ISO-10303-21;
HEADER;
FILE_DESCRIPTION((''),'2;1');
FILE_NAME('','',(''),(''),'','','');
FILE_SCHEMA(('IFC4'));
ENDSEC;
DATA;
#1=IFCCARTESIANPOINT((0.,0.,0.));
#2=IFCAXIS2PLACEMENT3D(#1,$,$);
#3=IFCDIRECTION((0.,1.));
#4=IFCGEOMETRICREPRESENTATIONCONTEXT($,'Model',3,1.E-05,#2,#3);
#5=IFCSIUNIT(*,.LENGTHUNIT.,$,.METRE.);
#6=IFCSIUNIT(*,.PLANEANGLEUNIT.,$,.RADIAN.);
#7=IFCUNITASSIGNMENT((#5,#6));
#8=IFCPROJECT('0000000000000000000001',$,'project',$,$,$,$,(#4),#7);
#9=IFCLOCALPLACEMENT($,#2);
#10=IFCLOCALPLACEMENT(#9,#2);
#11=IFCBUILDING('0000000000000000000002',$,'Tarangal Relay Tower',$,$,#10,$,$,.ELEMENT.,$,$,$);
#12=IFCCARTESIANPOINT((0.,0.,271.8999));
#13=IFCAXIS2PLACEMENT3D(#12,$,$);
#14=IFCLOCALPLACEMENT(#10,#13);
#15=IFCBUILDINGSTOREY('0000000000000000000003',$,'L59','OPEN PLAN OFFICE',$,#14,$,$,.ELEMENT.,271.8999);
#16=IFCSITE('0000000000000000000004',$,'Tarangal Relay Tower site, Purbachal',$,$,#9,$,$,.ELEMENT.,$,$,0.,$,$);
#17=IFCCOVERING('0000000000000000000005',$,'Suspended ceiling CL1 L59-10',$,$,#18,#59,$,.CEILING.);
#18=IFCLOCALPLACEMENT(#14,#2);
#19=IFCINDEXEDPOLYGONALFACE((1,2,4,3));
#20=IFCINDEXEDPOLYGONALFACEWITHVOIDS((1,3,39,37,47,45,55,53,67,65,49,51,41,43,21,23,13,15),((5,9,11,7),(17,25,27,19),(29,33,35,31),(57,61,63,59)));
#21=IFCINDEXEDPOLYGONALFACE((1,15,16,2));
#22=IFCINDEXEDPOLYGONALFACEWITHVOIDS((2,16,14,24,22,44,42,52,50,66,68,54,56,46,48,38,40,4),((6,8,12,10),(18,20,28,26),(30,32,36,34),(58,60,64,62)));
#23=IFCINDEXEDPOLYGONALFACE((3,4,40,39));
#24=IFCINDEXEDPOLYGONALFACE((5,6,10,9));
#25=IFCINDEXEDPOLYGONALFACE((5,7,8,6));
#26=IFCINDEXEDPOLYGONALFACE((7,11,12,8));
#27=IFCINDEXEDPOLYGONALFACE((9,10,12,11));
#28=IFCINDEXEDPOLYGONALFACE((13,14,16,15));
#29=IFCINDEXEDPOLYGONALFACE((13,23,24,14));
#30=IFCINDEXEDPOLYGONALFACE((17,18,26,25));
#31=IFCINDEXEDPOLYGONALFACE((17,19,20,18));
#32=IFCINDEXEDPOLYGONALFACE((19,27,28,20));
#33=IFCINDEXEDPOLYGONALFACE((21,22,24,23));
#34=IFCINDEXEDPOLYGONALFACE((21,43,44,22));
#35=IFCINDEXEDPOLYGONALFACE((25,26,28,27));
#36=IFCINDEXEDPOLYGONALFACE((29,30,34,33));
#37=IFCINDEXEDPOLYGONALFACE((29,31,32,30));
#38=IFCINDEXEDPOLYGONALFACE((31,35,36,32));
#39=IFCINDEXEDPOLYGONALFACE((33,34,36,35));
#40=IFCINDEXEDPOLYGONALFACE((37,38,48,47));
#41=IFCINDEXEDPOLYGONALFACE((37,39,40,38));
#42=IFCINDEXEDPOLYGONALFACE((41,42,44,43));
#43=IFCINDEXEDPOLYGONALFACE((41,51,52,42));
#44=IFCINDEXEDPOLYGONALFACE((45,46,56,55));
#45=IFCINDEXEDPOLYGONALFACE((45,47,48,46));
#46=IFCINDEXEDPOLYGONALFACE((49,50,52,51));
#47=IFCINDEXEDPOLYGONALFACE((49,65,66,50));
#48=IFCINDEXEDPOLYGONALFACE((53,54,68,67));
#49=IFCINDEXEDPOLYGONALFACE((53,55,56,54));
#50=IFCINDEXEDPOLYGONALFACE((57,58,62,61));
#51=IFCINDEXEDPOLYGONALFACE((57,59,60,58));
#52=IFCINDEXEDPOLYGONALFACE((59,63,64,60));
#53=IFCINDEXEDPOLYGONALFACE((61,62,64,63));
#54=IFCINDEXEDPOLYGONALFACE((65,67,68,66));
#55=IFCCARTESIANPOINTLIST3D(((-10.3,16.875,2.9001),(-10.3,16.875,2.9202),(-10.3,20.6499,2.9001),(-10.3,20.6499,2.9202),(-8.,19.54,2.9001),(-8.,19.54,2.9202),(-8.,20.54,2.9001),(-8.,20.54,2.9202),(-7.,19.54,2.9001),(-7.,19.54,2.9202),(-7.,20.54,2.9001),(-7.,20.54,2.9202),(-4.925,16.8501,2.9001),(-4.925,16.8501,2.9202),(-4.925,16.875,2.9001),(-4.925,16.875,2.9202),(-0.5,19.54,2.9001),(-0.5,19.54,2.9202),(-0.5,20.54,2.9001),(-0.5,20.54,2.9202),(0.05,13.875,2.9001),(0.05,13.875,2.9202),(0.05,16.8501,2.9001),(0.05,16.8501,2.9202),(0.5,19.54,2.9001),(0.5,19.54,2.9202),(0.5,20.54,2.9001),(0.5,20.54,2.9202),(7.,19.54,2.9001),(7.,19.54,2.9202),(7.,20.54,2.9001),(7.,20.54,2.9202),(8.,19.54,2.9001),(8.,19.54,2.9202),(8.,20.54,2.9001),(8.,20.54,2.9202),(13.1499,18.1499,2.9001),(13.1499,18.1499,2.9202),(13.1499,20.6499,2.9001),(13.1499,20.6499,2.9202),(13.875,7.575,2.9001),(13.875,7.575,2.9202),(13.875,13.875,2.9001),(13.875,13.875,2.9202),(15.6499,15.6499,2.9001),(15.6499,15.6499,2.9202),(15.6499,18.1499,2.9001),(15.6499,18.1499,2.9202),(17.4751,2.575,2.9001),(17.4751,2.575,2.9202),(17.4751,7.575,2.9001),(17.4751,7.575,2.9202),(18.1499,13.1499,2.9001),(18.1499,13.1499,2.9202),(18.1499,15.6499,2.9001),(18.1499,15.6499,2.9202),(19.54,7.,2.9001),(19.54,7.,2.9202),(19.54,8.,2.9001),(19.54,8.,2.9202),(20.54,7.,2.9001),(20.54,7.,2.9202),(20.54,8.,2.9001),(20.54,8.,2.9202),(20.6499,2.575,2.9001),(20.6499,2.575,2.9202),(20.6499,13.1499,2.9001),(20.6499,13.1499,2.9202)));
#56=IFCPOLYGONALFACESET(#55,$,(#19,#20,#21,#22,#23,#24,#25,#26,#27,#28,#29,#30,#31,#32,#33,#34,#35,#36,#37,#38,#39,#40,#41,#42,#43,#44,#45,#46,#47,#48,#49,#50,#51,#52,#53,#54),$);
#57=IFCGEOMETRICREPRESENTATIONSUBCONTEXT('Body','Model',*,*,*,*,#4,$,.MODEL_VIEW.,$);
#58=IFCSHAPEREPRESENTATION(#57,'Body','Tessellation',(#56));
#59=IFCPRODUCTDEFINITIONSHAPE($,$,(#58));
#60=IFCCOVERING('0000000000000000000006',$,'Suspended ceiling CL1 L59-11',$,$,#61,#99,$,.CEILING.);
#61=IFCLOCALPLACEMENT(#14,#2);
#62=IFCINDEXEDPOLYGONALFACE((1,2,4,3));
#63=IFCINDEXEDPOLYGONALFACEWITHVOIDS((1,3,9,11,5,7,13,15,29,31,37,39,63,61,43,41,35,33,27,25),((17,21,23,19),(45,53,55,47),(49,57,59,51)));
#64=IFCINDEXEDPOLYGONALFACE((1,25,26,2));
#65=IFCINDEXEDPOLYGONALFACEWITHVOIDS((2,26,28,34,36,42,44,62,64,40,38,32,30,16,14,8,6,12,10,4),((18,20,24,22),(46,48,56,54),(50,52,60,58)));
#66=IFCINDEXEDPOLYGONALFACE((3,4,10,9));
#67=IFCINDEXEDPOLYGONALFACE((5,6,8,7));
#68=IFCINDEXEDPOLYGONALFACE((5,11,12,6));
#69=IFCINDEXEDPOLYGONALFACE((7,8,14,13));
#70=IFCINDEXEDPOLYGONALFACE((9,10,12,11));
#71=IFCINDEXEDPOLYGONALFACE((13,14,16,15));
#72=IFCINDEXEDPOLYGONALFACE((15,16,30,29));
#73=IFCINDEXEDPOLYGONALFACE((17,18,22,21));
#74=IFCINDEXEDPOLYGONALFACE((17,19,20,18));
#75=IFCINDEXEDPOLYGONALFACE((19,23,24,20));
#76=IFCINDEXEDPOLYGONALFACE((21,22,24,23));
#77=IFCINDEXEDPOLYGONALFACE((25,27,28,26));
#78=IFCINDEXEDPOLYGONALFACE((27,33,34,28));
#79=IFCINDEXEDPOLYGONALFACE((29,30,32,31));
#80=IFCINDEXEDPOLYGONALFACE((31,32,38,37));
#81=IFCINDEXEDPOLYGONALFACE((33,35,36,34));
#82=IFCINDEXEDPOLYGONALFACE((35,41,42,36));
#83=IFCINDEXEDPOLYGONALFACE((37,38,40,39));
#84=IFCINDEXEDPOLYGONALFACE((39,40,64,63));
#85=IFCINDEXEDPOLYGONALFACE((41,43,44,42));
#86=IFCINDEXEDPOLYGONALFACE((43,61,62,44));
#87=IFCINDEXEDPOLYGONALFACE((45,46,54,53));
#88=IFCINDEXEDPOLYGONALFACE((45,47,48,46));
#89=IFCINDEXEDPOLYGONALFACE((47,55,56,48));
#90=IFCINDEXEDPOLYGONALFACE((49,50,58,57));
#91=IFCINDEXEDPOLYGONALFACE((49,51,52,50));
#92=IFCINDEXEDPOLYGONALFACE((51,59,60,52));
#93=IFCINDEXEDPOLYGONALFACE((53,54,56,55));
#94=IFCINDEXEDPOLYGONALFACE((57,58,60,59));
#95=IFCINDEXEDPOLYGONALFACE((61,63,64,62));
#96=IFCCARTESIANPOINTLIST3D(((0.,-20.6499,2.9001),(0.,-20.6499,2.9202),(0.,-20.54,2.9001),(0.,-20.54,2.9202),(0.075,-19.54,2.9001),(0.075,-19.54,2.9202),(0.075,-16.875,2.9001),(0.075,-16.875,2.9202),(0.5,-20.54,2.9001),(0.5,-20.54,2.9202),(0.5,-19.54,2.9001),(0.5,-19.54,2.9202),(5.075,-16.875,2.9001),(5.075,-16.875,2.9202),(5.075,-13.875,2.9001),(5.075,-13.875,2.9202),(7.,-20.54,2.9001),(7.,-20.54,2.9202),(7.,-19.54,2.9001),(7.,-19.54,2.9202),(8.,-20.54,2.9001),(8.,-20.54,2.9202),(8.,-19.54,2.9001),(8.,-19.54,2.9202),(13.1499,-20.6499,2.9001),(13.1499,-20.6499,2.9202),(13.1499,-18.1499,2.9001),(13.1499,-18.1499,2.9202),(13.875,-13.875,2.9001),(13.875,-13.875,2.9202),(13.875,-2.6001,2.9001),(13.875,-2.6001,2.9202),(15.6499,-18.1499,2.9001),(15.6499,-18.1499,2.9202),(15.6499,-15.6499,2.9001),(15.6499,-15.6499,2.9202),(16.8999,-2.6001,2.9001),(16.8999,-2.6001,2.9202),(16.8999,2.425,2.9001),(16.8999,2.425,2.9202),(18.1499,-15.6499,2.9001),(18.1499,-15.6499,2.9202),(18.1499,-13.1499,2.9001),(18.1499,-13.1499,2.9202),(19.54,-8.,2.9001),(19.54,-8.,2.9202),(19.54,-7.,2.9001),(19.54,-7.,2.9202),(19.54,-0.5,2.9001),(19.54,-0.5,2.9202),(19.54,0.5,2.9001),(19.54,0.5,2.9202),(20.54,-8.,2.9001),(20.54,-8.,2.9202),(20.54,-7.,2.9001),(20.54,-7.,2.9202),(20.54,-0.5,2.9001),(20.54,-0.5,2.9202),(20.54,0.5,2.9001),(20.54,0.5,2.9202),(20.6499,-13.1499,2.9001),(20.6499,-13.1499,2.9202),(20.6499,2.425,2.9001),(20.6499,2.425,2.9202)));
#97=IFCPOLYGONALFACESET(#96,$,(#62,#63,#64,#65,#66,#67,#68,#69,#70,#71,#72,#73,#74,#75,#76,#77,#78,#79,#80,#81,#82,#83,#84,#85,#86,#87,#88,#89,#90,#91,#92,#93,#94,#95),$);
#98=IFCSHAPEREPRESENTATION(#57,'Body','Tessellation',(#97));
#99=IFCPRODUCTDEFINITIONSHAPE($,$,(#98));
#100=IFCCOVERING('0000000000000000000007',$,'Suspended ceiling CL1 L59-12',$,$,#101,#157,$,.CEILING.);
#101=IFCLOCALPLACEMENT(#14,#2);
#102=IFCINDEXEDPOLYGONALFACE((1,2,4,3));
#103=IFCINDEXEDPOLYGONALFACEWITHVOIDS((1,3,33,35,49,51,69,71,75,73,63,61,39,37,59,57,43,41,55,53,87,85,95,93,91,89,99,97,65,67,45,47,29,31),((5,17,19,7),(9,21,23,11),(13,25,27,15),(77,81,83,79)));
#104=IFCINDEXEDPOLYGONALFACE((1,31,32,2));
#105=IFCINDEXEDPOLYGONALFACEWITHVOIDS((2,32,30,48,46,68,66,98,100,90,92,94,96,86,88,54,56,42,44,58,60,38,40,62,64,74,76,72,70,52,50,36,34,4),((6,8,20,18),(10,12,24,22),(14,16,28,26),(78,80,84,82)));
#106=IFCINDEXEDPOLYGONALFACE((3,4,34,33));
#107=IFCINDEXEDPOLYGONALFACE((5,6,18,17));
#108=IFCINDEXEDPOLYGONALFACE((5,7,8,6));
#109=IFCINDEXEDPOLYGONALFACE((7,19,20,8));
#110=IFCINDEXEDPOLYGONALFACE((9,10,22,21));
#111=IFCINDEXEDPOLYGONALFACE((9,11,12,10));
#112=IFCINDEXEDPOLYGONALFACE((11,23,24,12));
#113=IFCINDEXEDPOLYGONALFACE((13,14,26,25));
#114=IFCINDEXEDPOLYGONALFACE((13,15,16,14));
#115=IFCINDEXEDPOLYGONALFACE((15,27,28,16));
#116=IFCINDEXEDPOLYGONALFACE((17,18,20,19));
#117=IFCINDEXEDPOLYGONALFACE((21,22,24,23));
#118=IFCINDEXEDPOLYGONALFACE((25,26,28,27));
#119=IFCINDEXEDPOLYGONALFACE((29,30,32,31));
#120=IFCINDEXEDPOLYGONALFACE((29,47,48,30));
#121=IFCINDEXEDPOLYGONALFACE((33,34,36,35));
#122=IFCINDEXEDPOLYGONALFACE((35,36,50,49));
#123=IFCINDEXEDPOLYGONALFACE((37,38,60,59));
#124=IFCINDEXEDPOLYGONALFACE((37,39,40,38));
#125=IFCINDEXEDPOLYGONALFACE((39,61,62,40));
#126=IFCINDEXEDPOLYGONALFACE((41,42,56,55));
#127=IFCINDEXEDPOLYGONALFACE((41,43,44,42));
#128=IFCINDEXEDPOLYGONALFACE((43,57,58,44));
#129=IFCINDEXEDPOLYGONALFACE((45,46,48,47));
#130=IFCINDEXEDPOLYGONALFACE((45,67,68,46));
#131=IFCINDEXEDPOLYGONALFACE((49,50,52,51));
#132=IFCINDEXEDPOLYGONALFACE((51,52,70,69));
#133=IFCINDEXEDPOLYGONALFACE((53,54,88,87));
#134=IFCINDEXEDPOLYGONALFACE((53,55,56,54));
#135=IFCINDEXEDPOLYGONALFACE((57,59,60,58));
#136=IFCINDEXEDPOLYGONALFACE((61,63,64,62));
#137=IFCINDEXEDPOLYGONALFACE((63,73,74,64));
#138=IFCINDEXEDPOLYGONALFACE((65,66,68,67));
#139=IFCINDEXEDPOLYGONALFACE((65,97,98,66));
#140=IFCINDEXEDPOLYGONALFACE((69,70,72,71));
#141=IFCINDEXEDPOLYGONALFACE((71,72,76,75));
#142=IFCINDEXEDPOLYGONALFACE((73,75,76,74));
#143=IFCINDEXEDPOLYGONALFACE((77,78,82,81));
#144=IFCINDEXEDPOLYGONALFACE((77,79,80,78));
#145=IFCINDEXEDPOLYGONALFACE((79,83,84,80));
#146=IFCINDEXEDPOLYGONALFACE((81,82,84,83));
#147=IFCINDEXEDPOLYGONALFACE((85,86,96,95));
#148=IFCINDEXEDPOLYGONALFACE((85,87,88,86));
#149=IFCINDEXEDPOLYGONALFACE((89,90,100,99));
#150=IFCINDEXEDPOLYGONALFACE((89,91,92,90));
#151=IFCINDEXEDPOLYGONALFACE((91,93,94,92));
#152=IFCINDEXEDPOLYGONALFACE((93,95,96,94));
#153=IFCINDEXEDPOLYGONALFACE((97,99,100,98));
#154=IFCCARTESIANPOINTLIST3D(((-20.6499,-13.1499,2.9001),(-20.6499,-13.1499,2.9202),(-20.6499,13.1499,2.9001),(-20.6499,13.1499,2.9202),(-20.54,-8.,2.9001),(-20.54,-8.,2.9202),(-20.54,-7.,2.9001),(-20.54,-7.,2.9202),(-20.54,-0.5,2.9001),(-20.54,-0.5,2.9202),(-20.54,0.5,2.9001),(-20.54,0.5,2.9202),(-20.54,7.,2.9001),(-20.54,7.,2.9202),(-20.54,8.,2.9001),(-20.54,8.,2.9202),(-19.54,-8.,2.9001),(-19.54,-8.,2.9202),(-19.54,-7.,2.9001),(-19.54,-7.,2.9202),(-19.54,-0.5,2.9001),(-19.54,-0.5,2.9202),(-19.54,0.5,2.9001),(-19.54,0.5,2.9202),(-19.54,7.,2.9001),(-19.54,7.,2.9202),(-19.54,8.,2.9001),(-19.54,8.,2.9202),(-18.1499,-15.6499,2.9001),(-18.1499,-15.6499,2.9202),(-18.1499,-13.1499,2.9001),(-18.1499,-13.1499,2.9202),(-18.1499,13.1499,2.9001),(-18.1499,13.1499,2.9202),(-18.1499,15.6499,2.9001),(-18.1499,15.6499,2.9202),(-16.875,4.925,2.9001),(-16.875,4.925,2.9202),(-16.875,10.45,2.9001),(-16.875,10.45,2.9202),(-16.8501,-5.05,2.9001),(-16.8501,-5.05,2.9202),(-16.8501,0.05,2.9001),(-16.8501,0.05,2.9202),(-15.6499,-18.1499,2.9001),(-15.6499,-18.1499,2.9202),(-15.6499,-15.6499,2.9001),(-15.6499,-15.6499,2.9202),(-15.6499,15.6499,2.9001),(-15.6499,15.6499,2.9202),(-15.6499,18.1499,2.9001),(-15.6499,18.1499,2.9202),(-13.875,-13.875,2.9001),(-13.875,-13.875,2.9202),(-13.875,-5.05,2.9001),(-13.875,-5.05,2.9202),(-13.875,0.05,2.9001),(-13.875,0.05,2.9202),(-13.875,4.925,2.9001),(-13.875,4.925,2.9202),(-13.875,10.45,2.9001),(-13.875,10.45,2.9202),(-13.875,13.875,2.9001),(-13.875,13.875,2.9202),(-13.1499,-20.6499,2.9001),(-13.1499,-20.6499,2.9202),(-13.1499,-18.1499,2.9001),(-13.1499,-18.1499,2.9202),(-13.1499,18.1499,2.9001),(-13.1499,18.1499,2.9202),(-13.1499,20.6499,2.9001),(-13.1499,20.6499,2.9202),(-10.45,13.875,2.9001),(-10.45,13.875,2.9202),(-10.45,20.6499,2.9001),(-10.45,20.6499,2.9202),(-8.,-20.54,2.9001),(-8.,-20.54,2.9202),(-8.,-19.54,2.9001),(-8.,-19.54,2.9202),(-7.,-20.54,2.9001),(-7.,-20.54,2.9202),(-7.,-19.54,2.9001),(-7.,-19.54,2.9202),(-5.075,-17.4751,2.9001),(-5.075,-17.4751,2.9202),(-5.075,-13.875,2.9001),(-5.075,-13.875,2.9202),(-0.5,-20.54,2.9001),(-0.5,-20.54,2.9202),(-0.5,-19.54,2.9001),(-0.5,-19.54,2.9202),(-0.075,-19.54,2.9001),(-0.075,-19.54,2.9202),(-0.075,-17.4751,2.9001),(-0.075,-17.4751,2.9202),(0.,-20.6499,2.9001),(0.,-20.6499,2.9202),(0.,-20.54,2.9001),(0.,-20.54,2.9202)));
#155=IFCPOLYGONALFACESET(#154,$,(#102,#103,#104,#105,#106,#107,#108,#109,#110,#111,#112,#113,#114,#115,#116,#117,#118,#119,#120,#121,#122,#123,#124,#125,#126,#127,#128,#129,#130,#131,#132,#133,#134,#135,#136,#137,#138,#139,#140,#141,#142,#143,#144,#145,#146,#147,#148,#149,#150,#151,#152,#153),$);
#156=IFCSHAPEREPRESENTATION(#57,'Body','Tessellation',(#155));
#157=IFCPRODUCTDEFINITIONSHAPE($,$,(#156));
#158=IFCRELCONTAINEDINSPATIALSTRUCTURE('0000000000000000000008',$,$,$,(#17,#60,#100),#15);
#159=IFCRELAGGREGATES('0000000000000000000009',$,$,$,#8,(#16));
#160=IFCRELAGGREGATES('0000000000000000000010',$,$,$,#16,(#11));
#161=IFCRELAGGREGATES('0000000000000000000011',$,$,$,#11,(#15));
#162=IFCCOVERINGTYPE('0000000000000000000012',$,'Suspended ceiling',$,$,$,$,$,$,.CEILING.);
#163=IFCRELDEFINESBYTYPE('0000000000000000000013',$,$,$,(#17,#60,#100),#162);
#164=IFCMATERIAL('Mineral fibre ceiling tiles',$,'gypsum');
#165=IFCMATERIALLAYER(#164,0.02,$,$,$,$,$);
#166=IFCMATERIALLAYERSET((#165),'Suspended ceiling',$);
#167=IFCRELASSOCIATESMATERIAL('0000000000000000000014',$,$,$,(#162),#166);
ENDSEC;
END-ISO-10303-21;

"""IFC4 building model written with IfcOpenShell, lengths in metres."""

from ifc_helpers import new_model, si_unit, direction, frame, origin, place, context, subcontext, project, spatial, polyline, outline, extrude, material, layer, layer_set, type_object, element, save


model = new_model("IFC4")

# Units and contexts
model_context = context("Model", 3, precision=1e-05, world=origin(), true_north=direction((0.0, 1.0)))
body_context = subcontext(model_context, "Body", "Model", "MODEL_VIEW")
ifc_project = project(units=[si_unit("LENGTHUNIT", "METRE"), si_unit("PLANEANGLEUNIT", "RADIAN")], contexts=[model_context])

# Site, building, storey
site_placement = place(None, origin())
site = spatial("IfcSite", under=ifc_project, at=site_placement, Name="Tarangal Relay Tower site, Purbachal", CompositionType="ELEMENT", RefElevation=0.0)
building_placement = place(site_placement, origin())
building = spatial("IfcBuilding", under=site, at=building_placement, Name="Tarangal Relay Tower", CompositionType="ELEMENT")
storey_placement = place(building_placement, frame((0.0, 0.0, 271.8999)))
storey = spatial("IfcBuildingStorey", under=building, at=storey_placement, Name="L59", Description="OPEN PLAN OFFICE", CompositionType="ELEMENT", Elevation=271.8999)

# Coverings
ifc_material_1 = material(Name="Mineral fibre ceiling tiles", Category="gypsum")
ifc_layer_1 = layer(ifc_material_1, 0.02)
ifc_layer_set_1 = layer_set([ifc_layer_1], Name="Suspended ceiling")
covering_type = type_object("IfcCoveringType", Name="Suspended ceiling", PredefinedType="CEILING", material=ifc_layer_set_1)
covering_1_placement = place(storey_placement, frame((0.0, 0.0, 2.9001)))
element("IfcCovering", 1, at=covering_1_placement, inside=storey, type_object=covering_type, Name="Suspended ceiling CL1 L59-10", PredefinedType="CEILING", context=body_context, shape_type="SweptSolid", body=[
    extrude(outline(polyline([(13.1499, 20.6499), (-10.3, 20.6499), (-10.3, 16.875), (-4.925, 16.875), (-4.925, 16.8501), (0.05, 16.8501), (0.05, 13.875), (13.875, 13.875), (13.875, 7.575), (17.4751, 7.575), (17.4751, 2.575), (20.6499, 2.575), (20.6499, 13.1499), (18.1499, 13.1499), (18.1499, 15.6499), (15.6499, 15.6499), (15.6499, 18.1499), (13.1499, 18.1499), (13.1499, 20.6499)]), holes=[polyline([(19.54, 7.0), (20.54, 7.0), (20.54, 8.0), (19.54, 8.0), (19.54, 7.0)]), polyline([(-8.0, 19.54), (-7.0, 19.54), (-7.0, 20.54), (-8.0, 20.54), (-8.0, 19.54)]), polyline([(-0.5, 19.54), (0.5, 19.54), (0.5, 20.54), (-0.5, 20.54), (-0.5, 19.54)]), polyline([(7.0, 19.54), (8.0, 19.54), (8.0, 20.54), (7.0, 20.54), (7.0, 19.54)])]), origin(), (0.0, 0.0, 1.0), 0.02),
])
covering_2_placement = place(storey_placement, frame((0.0, 0.0, 2.9001)))
element("IfcCovering", 2, at=covering_2_placement, inside=storey, type_object=covering_type, Name="Suspended ceiling CL1 L59-11", PredefinedType="CEILING", context=body_context, shape_type="SweptSolid", body=[
    extrude(outline(polyline([(20.6499, -13.1499), (20.6499, 2.425), (16.8999, 2.425), (16.8999, -2.6001), (13.875, -2.6001), (13.875, -13.875), (5.075, -13.875), (5.075, -16.875), (0.075, -16.875), (0.075, -19.54), (0.5, -19.54), (0.5, -20.54), (0.0, -20.54), (0.0, -20.6499), (13.1499, -20.6499), (13.1499, -18.1499), (15.6499, -18.1499), (15.6499, -15.6499), (18.1499, -15.6499), (18.1499, -13.1499), (20.6499, -13.1499)]), holes=[polyline([(7.0, -20.54), (8.0, -20.54), (8.0, -19.54), (7.0, -19.54), (7.0, -20.54)]), polyline([(19.54, -8.0), (20.54, -8.0), (20.54, -7.0), (19.54, -7.0), (19.54, -8.0)]), polyline([(19.54, -0.5), (20.54, -0.5), (20.54, 0.5), (19.54, 0.5), (19.54, -0.5)])]), origin(), (0.0, 0.0, 1.0), 0.02),
])
covering_3_placement = place(storey_placement, frame((0.0, 0.0, 2.9001)))
element("IfcCovering", 3, at=covering_3_placement, inside=storey, type_object=covering_type, Name="Suspended ceiling CL1 L59-12", PredefinedType="CEILING", context=body_context, shape_type="SweptSolid", body=[
    extrude(outline(polyline([(0.0, -20.6499), (0.0, -20.54), (-0.5, -20.54), (-0.5, -19.54), (-0.075, -19.54), (-0.075, -17.4751), (-5.075, -17.4751), (-5.075, -13.875), (-13.875, -13.875), (-13.875, -5.05), (-16.8501, -5.05), (-16.8501, 0.05), (-13.875, 0.05), (-13.875, 4.925), (-16.875, 4.925), (-16.875, 10.45), (-13.875, 10.45), (-13.875, 13.875), (-10.45, 13.875), (-10.45, 20.6499), (-13.1499, 20.6499), (-13.1499, 18.1499), (-15.6499, 18.1499), (-15.6499, 15.6499), (-18.1499, 15.6499), (-18.1499, 13.1499), (-20.6499, 13.1499), (-20.6499, -13.1499), (-18.1499, -13.1499), (-18.1499, -15.6499), (-15.6499, -15.6499), (-15.6499, -18.1499), (-13.1499, -18.1499), (-13.1499, -20.6499), (0.0, -20.6499)]), holes=[polyline([(-8.0, -20.54), (-7.0, -20.54), (-7.0, -19.54), (-8.0, -19.54), (-8.0, -20.54)]), polyline([(-20.54, -8.0), (-19.54, -8.0), (-19.54, -7.0), (-20.54, -7.0), (-20.54, -8.0)]), polyline([(-20.54, 0.5), (-20.54, -0.5), (-19.54, -0.5), (-19.54, 0.5), (-20.54, 0.5)]), polyline([(-20.54, 8.0), (-20.54, 7.0), (-19.54, 7.0), (-19.54, 8.0), (-20.54, 8.0)])]), origin(), (0.0, 0.0, 1.0), 0.02),
])

save(model, "model.ifc")
